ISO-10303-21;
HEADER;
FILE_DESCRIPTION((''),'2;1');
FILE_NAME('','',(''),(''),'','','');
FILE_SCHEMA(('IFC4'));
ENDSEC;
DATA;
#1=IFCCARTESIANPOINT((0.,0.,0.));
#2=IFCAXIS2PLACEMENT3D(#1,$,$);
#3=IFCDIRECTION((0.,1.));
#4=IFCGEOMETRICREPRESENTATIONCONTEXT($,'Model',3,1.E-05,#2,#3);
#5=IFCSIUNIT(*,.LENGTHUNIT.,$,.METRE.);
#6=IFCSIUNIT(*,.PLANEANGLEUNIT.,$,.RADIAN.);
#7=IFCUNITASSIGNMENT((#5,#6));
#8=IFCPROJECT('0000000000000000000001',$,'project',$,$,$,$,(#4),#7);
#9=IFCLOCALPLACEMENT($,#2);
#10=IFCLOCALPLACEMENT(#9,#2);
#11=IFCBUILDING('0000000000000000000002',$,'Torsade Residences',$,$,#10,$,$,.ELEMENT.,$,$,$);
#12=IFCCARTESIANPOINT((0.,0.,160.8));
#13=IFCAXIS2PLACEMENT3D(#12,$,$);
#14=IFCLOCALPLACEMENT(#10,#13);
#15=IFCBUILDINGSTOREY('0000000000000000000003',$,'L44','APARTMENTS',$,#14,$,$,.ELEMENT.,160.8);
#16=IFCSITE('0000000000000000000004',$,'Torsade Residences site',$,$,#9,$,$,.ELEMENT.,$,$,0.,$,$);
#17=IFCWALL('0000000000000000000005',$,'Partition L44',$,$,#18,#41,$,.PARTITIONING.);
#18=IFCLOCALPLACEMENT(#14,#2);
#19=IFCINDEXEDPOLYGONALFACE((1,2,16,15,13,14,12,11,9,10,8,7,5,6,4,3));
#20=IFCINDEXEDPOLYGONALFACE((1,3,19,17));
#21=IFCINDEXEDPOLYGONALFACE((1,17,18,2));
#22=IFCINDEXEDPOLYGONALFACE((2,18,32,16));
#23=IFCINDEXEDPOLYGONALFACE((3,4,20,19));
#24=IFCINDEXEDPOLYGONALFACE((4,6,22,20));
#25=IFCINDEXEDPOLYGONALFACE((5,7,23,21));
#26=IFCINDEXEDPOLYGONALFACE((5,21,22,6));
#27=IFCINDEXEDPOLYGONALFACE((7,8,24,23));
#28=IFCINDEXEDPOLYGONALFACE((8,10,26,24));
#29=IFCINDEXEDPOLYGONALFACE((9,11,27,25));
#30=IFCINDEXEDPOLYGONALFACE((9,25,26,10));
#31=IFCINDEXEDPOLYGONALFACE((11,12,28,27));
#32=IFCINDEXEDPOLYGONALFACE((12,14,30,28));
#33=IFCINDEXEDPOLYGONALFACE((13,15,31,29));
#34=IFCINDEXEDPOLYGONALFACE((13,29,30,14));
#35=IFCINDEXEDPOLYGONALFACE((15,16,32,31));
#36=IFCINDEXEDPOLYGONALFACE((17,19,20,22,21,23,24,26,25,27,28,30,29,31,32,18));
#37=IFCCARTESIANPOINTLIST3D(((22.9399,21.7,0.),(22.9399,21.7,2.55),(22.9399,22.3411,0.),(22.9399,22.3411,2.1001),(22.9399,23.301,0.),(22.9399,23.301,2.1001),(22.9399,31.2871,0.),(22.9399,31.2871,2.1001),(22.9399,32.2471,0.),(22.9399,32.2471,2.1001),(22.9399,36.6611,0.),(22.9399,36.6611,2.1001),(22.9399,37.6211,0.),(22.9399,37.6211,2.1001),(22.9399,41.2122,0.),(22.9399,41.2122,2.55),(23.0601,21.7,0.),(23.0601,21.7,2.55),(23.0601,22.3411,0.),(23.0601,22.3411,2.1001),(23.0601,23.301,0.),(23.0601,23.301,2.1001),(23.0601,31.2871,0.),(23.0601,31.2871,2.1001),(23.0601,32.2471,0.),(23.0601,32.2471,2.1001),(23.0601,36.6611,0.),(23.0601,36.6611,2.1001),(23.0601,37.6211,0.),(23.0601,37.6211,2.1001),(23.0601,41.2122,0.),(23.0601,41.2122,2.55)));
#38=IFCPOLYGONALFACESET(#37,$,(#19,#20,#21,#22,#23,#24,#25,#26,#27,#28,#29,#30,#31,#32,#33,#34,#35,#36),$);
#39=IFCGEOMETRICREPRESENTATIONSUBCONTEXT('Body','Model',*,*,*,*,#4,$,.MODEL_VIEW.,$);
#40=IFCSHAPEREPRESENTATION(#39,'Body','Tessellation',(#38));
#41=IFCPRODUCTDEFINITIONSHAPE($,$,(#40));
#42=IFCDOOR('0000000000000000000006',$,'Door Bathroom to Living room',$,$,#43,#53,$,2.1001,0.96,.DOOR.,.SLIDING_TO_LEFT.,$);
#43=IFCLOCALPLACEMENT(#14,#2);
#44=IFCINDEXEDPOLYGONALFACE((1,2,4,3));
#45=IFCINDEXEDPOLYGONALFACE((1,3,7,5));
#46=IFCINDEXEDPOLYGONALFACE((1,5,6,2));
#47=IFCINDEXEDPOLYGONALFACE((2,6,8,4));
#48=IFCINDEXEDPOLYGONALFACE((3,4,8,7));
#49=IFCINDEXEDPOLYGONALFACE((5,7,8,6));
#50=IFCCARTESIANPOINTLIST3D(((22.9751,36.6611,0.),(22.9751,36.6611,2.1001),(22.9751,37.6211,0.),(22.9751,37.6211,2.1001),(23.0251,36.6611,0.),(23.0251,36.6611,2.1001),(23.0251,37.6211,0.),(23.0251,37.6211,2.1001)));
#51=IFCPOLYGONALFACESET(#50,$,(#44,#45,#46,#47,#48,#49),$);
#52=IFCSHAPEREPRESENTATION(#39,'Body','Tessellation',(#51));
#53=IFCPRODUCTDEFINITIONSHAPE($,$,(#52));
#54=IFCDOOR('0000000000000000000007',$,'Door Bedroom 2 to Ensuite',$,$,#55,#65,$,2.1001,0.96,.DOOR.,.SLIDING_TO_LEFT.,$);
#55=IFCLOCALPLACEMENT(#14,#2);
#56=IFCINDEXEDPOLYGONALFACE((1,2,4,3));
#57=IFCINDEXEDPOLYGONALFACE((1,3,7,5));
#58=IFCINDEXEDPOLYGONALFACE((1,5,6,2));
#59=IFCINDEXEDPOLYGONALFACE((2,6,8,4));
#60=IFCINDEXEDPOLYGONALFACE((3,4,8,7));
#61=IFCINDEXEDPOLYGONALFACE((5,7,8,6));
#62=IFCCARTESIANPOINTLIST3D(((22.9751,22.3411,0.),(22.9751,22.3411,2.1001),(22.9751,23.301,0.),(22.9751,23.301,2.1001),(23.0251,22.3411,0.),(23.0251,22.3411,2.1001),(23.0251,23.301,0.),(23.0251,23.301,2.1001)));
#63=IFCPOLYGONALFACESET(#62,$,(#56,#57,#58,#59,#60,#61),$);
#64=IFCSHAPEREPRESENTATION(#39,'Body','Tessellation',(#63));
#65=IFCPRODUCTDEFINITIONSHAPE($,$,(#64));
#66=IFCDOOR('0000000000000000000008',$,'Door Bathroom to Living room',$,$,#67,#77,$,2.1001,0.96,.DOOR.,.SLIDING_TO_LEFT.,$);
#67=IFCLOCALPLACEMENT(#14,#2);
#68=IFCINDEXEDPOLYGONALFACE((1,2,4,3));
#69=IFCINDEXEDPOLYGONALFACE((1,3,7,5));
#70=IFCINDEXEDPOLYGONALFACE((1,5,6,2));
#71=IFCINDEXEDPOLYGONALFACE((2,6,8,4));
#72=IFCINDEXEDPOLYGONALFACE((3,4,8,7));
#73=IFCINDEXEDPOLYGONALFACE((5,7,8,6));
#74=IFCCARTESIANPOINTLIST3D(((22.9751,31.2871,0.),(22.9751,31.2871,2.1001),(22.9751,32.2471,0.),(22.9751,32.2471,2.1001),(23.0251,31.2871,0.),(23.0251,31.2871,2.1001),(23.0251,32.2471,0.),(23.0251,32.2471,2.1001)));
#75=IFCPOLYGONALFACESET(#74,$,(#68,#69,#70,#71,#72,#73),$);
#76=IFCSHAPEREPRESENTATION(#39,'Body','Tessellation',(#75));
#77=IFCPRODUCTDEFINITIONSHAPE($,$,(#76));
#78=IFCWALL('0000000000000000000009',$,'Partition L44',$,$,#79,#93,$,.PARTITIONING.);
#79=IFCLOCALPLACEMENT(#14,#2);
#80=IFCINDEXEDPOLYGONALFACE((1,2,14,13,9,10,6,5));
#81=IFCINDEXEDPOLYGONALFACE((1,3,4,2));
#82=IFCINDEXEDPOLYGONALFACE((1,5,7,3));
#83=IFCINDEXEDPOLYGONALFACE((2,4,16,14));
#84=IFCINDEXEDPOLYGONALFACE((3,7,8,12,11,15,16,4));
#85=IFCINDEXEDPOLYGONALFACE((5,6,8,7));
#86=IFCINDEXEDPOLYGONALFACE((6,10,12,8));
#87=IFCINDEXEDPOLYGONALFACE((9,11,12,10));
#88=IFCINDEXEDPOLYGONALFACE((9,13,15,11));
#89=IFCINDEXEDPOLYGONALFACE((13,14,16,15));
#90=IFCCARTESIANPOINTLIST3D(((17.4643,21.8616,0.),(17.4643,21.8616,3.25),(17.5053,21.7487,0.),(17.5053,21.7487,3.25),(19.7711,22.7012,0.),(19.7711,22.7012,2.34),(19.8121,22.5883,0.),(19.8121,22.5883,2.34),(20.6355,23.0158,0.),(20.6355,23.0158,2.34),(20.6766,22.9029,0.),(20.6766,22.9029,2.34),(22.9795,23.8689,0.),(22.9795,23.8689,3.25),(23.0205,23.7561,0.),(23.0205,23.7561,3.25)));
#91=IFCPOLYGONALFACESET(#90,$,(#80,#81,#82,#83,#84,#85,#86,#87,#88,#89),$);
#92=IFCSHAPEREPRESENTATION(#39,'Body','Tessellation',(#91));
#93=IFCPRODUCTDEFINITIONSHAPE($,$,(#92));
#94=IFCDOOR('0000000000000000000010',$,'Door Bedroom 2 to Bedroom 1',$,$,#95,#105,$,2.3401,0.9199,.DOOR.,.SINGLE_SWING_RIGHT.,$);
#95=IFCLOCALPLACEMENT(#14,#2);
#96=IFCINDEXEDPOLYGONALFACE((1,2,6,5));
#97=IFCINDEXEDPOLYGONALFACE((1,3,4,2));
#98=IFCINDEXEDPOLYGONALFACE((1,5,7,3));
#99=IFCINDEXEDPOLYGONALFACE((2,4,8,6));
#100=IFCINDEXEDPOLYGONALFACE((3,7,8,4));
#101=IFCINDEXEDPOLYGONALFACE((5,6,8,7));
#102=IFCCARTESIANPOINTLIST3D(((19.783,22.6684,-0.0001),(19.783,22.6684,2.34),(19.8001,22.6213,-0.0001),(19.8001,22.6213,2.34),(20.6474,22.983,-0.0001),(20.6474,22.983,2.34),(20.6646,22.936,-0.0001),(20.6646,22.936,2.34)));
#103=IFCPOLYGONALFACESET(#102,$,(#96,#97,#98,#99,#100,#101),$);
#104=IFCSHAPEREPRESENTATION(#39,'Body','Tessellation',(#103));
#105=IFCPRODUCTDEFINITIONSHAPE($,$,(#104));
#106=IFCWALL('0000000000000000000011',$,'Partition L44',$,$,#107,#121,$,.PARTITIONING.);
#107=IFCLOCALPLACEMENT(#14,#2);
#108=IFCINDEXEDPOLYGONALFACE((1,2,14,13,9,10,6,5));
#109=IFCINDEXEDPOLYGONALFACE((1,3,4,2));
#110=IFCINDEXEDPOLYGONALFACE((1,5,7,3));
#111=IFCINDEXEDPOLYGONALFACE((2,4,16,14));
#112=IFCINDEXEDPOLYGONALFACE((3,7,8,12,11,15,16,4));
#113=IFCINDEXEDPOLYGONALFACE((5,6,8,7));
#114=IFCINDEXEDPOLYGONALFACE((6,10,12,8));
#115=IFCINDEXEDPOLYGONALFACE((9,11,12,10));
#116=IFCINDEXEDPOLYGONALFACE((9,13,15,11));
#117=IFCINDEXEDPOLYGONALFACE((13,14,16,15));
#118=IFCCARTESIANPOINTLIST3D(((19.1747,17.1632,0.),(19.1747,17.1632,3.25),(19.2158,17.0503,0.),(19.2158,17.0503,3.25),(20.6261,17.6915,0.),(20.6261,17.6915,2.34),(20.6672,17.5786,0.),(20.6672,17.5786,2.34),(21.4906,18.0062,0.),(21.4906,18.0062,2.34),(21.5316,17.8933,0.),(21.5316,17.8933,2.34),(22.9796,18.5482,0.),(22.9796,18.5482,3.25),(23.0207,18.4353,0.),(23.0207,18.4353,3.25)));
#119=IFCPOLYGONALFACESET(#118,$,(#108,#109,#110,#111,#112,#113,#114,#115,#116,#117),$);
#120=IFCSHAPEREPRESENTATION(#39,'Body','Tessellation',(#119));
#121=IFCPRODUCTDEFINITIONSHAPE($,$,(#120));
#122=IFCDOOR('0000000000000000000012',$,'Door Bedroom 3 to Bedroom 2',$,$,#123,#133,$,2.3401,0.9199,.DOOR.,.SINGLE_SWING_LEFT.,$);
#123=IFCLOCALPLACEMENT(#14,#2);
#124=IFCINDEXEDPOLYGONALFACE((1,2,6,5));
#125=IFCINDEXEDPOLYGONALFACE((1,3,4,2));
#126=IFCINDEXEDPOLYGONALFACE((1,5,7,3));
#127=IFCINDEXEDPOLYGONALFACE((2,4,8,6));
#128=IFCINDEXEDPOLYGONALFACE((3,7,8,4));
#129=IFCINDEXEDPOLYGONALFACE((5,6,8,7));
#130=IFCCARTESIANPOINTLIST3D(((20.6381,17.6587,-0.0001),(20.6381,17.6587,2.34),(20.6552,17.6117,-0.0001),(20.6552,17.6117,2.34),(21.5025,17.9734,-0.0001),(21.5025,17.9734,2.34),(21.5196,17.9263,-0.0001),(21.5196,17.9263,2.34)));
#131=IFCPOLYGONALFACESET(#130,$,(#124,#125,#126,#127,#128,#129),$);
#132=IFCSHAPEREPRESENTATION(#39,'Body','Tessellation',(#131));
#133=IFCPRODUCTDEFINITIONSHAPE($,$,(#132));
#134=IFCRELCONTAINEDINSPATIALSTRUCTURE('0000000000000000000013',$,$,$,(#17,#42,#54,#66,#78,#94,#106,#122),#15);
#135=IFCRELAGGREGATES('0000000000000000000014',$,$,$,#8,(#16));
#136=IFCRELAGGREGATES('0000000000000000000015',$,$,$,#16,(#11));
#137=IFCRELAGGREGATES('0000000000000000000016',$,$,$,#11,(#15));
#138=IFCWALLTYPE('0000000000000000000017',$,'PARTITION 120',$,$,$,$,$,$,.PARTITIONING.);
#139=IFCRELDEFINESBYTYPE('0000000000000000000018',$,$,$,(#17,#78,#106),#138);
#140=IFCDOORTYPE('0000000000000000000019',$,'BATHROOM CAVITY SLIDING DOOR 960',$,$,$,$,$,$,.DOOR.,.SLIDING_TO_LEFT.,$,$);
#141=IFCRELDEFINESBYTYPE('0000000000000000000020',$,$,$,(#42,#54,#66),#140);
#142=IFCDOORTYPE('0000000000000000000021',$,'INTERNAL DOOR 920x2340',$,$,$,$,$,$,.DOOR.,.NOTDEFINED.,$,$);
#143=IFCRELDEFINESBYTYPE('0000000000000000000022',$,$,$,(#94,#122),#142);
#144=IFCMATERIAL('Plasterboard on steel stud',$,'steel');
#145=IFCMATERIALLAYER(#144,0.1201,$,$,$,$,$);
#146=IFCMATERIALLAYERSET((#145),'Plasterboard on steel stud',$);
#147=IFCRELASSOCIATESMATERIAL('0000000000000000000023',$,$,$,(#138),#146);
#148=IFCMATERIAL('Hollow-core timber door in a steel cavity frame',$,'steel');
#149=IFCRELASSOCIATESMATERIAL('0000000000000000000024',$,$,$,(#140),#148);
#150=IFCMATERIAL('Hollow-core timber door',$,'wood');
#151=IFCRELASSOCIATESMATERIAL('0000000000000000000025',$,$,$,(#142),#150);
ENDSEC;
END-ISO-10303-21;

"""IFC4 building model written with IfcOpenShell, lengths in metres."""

from ifc_helpers import new_model, si_unit, direction, frame, frame_2d, origin, place, context, subcontext, project, spatial, rectangle, extrude, material, layer, layer_set, type_object, element, fill, save


model = new_model("IFC4")

# Units and contexts
model_context = context("Model", 3, precision=1e-05, world=origin(), true_north=direction((0.0, 1.0)))
body_context = subcontext(model_context, "Body", "Model", "MODEL_VIEW")
ifc_project = project(units=[si_unit("LENGTHUNIT", "METRE"), si_unit("PLANEANGLEUNIT", "RADIAN")], contexts=[model_context])

# Site, building, storey
site_placement = place(None, origin())
site = spatial("IfcSite", under=ifc_project, at=site_placement, Name="Torsade Residences site", CompositionType="ELEMENT", RefElevation=0.0)
building_placement = place(site_placement, origin())
building = spatial("IfcBuilding", under=site, at=building_placement, Name="Torsade Residences", CompositionType="ELEMENT")
storey_placement = place(building_placement, frame((0.0, 0.0, 160.8)))
storey = spatial("IfcBuildingStorey", under=building, at=storey_placement, Name="L44", Description="APARTMENTS", CompositionType="ELEMENT", Elevation=160.8)

# Shared definitions
ifc_material_1 = material(Name="Plasterboard on steel stud", Category="steel")
ifc_layer_1 = layer(ifc_material_1, 0.1201)
ifc_layer_set_1 = layer_set([ifc_layer_1], Name="Plasterboard on steel stud")
wall_type = type_object("IfcWallType", Name="PARTITION 120", PredefinedType="PARTITIONING", material=ifc_layer_set_1)

# Wall, openings, doors
wall_1_placement = place(storey_placement, frame((23.0, 21.7, 0.0), z_axis=(0.0, 0.0, 1.0), x_axis=(0.0, 1.0, 0.0)))
wall_1 = element("IfcWall", 1, at=wall_1_placement, inside=storey, type_object=wall_type, Name="Partition L44", PredefinedType="PARTITIONING", context=body_context, shape_type="SweptSolid", body=[
    extrude(rectangle(XDim=19.5122, YDim=0.1201, at=frame_2d((9.7561, 0.0))), origin(), (0.0, 0.0, 1.0), 2.55),
])
opening_1_placement = place(wall_1_placement, frame((14.9612, 0.0, 0.0)))
opening_1 = element("IfcOpeningElement", 2, at=opening_1_placement, cuts=wall_1, PredefinedType="OPENING", context=body_context, shape_type="SweptSolid", body=[
    extrude(rectangle(XDim=0.96, YDim=2.1001, at=frame_2d((0.48, 1.05))), frame((0.0, 0.0701, 0.0), z_axis=(0.0, -1.0, 0.0), x_axis=(1.0, 0.0, 0.0)), (0.0, 0.0, 1.0), 0.1401),
])
opening_2_placement = place(wall_1_placement, frame((0.6411, 0.0, 0.0)))
opening_2 = element("IfcOpeningElement", 3, at=opening_2_placement, cuts=wall_1, PredefinedType="OPENING", context=body_context, shape_type="SweptSolid", body=[
    extrude(rectangle(XDim=0.96, YDim=2.1001, at=frame_2d((0.48, 1.05))), frame((0.0, 0.0701, 0.0), z_axis=(0.0, -1.0, 0.0), x_axis=(1.0, 0.0, 0.0)), (0.0, 0.0, 1.0), 0.1401),
])
opening_3_placement = place(wall_1_placement, frame((9.5872, 0.0, 0.0)))
opening_3 = element("IfcOpeningElement", 4, at=opening_3_placement, cuts=wall_1, PredefinedType="OPENING", context=body_context, shape_type="SweptSolid", body=[
    extrude(rectangle(XDim=0.96, YDim=2.1001, at=frame_2d((0.48, 1.05))), frame((0.0, 0.0701, 0.0), z_axis=(0.0, -1.0, 0.0), x_axis=(1.0, 0.0, 0.0)), (0.0, 0.0, 1.0), 0.1401),
])
ifc_material_2 = material(Name="Hollow-core timber door in a steel cavity frame", Category="steel")
door_type_1 = type_object("IfcDoorType", Name="BATHROOM CAVITY SLIDING DOOR 960", OperationType="SLIDING_TO_LEFT", PredefinedType="DOOR", material=ifc_material_2)
door_1_placement = place(opening_1_placement, origin())
door_1 = element("IfcDoor", 5, at=door_1_placement, inside=storey, type_object=door_type_1, Name="Door Bathroom to Living room", OperationType="SLIDING_TO_LEFT", OverallHeight=2.1001, OverallWidth=0.96, PredefinedType="DOOR", context=body_context, shape_type="SweptSolid", body=[
    extrude(rectangle(XDim=0.96, YDim=2.1001, at=frame_2d((0.48, 1.05))), frame((0.0, 0.0249, 0.0), z_axis=(0.0, -1.0, 0.0), x_axis=(1.0, 0.0, 0.0)), (0.0, 0.0, 1.0), 0.05),
])
fill(opening_1, door_1)
door_2_placement = place(opening_2_placement, origin())
door_2 = element("IfcDoor", 6, at=door_2_placement, inside=storey, type_object=door_type_1, Name="Door Bedroom 2 to Ensuite", OperationType="SLIDING_TO_LEFT", OverallHeight=2.1001, OverallWidth=0.96, PredefinedType="DOOR", context=body_context, shape_type="SweptSolid", body=[
    extrude(rectangle(XDim=0.96, YDim=2.1001, at=frame_2d((0.48, 1.05))), frame((0.0, 0.0249, 0.0), z_axis=(0.0, -1.0, 0.0), x_axis=(1.0, 0.0, 0.0)), (0.0, 0.0, 1.0), 0.05),
])
fill(opening_2, door_2)
door_3_placement = place(opening_3_placement, origin())
door_3 = element("IfcDoor", 7, at=door_3_placement, inside=storey, type_object=door_type_1, Name="Door Bathroom to Living room", OperationType="SLIDING_TO_LEFT", OverallHeight=2.1001, OverallWidth=0.96, PredefinedType="DOOR", context=body_context, shape_type="SweptSolid", body=[
    extrude(rectangle(XDim=0.96, YDim=2.1001, at=frame_2d((0.48, 1.05))), frame((0.0, 0.0249, 0.0), z_axis=(0.0, -1.0, 0.0), x_axis=(1.0, 0.0, 0.0)), (0.0, 0.0, 1.0), 0.05),
])
fill(opening_3, door_3)

# Walls, openings, doors
wall_2_placement = place(storey_placement, frame((23.0, 23.8125, 0.0), z_axis=(0.0, 0.0, 1.0), x_axis=(-0.939694, -0.342017, 0.0)))
wall_2 = element("IfcWall", 8, at=wall_2_placement, inside=storey, type_object=wall_type, Name="Partition L44", PredefinedType="PARTITIONING", context=body_context, shape_type="SweptSolid", body=[
    extrude(rectangle(XDim=5.8691, YDim=0.1201, at=frame_2d((2.9346, 0.0))), origin(), (0.0, 0.0, 1.0), 3.25),
])
opening_4_placement = place(wall_2_placement, frame((2.4944, 0.0, 0.0)))
opening_4 = element("IfcOpeningElement", 9, at=opening_4_placement, cuts=wall_2, PredefinedType="OPENING", context=body_context, shape_type="SweptSolid", body=[
    extrude(rectangle(XDim=0.9199, YDim=2.3401, at=frame_2d((0.46, 1.1699))), frame((0.0, 0.0701, 0.0), z_axis=(0.0, -1.0, 0.0), x_axis=(1.0, 0.0, 0.0)), (0.0, 0.0, 1.0), 0.1401),
])
ifc_material_3 = material(Name="Hollow-core timber door", Category="wood")
door_type_2 = type_object("IfcDoorType", Name="INTERNAL DOOR 920x2340", OperationType="NOTDEFINED", PredefinedType="DOOR", material=ifc_material_3)
door_4_placement = place(opening_4_placement, origin())
door_4 = element("IfcDoor", 10, at=door_4_placement, inside=storey, type_object=door_type_2, Name="Door Bedroom 2 to Bedroom 1", OperationType="SINGLE_SWING_RIGHT", OverallHeight=2.3401, OverallWidth=0.9199, PredefinedType="DOOR", context=body_context, shape_type="SweptSolid", body=[
    extrude(rectangle(XDim=0.9199, YDim=2.3401, at=frame_2d((0.46, 1.1699))), frame((0.0, 0.0249, 0.0), z_axis=(0.0, -1.0, 0.0), x_axis=(1.0, 0.0, 0.0)), (0.0, 0.0, 1.0), 0.05),
])
fill(opening_4, door_4)
wall_3_placement = place(storey_placement, frame((23.0, 18.4917, 0.0), z_axis=(0.0, 0.0, 1.0), x_axis=(-0.939682, -0.342048, 0.0)))
wall_3 = element("IfcWall", 11, at=wall_3_placement, inside=storey, type_object=wall_type, Name="Partition L44", PredefinedType="PARTITIONING", context=body_context, shape_type="SweptSolid", body=[
    extrude(rectangle(XDim=4.0491, YDim=0.1201, at=frame_2d((2.0244, 0.0))), origin(), (0.0, 0.0, 1.0), 3.25),
])
opening_5_placement = place(wall_3_placement, frame((1.5845, 0.0, 0.0)))
opening_5 = element("IfcOpeningElement", 12, at=opening_5_placement, cuts=wall_3, PredefinedType="OPENING", context=body_context, shape_type="SweptSolid", body=[
    extrude(rectangle(XDim=0.9199, YDim=2.3401, at=frame_2d((0.46, 1.1699))), frame((0.0, 0.0701, 0.0), z_axis=(0.0, -1.0, 0.0), x_axis=(1.0, 0.0, 0.0)), (0.0, 0.0, 1.0), 0.1401),
])
door_5_placement = place(opening_5_placement, origin())
door_5 = element("IfcDoor", 13, at=door_5_placement, inside=storey, type_object=door_type_2, Name="Door Bedroom 3 to Bedroom 2", OperationType="SINGLE_SWING_LEFT", OverallHeight=2.3401, OverallWidth=0.9199, PredefinedType="DOOR", context=body_context, shape_type="SweptSolid", body=[
    extrude(rectangle(XDim=0.9199, YDim=2.3401, at=frame_2d((0.46, 1.1699))), frame((0.0, 0.0249, 0.0), z_axis=(0.0, -1.0, 0.0), x_axis=(1.0, 0.0, 0.0)), (0.0, 0.0, 1.0), 0.05),
])
fill(opening_5, door_5)

save(model, "model.ifc")
